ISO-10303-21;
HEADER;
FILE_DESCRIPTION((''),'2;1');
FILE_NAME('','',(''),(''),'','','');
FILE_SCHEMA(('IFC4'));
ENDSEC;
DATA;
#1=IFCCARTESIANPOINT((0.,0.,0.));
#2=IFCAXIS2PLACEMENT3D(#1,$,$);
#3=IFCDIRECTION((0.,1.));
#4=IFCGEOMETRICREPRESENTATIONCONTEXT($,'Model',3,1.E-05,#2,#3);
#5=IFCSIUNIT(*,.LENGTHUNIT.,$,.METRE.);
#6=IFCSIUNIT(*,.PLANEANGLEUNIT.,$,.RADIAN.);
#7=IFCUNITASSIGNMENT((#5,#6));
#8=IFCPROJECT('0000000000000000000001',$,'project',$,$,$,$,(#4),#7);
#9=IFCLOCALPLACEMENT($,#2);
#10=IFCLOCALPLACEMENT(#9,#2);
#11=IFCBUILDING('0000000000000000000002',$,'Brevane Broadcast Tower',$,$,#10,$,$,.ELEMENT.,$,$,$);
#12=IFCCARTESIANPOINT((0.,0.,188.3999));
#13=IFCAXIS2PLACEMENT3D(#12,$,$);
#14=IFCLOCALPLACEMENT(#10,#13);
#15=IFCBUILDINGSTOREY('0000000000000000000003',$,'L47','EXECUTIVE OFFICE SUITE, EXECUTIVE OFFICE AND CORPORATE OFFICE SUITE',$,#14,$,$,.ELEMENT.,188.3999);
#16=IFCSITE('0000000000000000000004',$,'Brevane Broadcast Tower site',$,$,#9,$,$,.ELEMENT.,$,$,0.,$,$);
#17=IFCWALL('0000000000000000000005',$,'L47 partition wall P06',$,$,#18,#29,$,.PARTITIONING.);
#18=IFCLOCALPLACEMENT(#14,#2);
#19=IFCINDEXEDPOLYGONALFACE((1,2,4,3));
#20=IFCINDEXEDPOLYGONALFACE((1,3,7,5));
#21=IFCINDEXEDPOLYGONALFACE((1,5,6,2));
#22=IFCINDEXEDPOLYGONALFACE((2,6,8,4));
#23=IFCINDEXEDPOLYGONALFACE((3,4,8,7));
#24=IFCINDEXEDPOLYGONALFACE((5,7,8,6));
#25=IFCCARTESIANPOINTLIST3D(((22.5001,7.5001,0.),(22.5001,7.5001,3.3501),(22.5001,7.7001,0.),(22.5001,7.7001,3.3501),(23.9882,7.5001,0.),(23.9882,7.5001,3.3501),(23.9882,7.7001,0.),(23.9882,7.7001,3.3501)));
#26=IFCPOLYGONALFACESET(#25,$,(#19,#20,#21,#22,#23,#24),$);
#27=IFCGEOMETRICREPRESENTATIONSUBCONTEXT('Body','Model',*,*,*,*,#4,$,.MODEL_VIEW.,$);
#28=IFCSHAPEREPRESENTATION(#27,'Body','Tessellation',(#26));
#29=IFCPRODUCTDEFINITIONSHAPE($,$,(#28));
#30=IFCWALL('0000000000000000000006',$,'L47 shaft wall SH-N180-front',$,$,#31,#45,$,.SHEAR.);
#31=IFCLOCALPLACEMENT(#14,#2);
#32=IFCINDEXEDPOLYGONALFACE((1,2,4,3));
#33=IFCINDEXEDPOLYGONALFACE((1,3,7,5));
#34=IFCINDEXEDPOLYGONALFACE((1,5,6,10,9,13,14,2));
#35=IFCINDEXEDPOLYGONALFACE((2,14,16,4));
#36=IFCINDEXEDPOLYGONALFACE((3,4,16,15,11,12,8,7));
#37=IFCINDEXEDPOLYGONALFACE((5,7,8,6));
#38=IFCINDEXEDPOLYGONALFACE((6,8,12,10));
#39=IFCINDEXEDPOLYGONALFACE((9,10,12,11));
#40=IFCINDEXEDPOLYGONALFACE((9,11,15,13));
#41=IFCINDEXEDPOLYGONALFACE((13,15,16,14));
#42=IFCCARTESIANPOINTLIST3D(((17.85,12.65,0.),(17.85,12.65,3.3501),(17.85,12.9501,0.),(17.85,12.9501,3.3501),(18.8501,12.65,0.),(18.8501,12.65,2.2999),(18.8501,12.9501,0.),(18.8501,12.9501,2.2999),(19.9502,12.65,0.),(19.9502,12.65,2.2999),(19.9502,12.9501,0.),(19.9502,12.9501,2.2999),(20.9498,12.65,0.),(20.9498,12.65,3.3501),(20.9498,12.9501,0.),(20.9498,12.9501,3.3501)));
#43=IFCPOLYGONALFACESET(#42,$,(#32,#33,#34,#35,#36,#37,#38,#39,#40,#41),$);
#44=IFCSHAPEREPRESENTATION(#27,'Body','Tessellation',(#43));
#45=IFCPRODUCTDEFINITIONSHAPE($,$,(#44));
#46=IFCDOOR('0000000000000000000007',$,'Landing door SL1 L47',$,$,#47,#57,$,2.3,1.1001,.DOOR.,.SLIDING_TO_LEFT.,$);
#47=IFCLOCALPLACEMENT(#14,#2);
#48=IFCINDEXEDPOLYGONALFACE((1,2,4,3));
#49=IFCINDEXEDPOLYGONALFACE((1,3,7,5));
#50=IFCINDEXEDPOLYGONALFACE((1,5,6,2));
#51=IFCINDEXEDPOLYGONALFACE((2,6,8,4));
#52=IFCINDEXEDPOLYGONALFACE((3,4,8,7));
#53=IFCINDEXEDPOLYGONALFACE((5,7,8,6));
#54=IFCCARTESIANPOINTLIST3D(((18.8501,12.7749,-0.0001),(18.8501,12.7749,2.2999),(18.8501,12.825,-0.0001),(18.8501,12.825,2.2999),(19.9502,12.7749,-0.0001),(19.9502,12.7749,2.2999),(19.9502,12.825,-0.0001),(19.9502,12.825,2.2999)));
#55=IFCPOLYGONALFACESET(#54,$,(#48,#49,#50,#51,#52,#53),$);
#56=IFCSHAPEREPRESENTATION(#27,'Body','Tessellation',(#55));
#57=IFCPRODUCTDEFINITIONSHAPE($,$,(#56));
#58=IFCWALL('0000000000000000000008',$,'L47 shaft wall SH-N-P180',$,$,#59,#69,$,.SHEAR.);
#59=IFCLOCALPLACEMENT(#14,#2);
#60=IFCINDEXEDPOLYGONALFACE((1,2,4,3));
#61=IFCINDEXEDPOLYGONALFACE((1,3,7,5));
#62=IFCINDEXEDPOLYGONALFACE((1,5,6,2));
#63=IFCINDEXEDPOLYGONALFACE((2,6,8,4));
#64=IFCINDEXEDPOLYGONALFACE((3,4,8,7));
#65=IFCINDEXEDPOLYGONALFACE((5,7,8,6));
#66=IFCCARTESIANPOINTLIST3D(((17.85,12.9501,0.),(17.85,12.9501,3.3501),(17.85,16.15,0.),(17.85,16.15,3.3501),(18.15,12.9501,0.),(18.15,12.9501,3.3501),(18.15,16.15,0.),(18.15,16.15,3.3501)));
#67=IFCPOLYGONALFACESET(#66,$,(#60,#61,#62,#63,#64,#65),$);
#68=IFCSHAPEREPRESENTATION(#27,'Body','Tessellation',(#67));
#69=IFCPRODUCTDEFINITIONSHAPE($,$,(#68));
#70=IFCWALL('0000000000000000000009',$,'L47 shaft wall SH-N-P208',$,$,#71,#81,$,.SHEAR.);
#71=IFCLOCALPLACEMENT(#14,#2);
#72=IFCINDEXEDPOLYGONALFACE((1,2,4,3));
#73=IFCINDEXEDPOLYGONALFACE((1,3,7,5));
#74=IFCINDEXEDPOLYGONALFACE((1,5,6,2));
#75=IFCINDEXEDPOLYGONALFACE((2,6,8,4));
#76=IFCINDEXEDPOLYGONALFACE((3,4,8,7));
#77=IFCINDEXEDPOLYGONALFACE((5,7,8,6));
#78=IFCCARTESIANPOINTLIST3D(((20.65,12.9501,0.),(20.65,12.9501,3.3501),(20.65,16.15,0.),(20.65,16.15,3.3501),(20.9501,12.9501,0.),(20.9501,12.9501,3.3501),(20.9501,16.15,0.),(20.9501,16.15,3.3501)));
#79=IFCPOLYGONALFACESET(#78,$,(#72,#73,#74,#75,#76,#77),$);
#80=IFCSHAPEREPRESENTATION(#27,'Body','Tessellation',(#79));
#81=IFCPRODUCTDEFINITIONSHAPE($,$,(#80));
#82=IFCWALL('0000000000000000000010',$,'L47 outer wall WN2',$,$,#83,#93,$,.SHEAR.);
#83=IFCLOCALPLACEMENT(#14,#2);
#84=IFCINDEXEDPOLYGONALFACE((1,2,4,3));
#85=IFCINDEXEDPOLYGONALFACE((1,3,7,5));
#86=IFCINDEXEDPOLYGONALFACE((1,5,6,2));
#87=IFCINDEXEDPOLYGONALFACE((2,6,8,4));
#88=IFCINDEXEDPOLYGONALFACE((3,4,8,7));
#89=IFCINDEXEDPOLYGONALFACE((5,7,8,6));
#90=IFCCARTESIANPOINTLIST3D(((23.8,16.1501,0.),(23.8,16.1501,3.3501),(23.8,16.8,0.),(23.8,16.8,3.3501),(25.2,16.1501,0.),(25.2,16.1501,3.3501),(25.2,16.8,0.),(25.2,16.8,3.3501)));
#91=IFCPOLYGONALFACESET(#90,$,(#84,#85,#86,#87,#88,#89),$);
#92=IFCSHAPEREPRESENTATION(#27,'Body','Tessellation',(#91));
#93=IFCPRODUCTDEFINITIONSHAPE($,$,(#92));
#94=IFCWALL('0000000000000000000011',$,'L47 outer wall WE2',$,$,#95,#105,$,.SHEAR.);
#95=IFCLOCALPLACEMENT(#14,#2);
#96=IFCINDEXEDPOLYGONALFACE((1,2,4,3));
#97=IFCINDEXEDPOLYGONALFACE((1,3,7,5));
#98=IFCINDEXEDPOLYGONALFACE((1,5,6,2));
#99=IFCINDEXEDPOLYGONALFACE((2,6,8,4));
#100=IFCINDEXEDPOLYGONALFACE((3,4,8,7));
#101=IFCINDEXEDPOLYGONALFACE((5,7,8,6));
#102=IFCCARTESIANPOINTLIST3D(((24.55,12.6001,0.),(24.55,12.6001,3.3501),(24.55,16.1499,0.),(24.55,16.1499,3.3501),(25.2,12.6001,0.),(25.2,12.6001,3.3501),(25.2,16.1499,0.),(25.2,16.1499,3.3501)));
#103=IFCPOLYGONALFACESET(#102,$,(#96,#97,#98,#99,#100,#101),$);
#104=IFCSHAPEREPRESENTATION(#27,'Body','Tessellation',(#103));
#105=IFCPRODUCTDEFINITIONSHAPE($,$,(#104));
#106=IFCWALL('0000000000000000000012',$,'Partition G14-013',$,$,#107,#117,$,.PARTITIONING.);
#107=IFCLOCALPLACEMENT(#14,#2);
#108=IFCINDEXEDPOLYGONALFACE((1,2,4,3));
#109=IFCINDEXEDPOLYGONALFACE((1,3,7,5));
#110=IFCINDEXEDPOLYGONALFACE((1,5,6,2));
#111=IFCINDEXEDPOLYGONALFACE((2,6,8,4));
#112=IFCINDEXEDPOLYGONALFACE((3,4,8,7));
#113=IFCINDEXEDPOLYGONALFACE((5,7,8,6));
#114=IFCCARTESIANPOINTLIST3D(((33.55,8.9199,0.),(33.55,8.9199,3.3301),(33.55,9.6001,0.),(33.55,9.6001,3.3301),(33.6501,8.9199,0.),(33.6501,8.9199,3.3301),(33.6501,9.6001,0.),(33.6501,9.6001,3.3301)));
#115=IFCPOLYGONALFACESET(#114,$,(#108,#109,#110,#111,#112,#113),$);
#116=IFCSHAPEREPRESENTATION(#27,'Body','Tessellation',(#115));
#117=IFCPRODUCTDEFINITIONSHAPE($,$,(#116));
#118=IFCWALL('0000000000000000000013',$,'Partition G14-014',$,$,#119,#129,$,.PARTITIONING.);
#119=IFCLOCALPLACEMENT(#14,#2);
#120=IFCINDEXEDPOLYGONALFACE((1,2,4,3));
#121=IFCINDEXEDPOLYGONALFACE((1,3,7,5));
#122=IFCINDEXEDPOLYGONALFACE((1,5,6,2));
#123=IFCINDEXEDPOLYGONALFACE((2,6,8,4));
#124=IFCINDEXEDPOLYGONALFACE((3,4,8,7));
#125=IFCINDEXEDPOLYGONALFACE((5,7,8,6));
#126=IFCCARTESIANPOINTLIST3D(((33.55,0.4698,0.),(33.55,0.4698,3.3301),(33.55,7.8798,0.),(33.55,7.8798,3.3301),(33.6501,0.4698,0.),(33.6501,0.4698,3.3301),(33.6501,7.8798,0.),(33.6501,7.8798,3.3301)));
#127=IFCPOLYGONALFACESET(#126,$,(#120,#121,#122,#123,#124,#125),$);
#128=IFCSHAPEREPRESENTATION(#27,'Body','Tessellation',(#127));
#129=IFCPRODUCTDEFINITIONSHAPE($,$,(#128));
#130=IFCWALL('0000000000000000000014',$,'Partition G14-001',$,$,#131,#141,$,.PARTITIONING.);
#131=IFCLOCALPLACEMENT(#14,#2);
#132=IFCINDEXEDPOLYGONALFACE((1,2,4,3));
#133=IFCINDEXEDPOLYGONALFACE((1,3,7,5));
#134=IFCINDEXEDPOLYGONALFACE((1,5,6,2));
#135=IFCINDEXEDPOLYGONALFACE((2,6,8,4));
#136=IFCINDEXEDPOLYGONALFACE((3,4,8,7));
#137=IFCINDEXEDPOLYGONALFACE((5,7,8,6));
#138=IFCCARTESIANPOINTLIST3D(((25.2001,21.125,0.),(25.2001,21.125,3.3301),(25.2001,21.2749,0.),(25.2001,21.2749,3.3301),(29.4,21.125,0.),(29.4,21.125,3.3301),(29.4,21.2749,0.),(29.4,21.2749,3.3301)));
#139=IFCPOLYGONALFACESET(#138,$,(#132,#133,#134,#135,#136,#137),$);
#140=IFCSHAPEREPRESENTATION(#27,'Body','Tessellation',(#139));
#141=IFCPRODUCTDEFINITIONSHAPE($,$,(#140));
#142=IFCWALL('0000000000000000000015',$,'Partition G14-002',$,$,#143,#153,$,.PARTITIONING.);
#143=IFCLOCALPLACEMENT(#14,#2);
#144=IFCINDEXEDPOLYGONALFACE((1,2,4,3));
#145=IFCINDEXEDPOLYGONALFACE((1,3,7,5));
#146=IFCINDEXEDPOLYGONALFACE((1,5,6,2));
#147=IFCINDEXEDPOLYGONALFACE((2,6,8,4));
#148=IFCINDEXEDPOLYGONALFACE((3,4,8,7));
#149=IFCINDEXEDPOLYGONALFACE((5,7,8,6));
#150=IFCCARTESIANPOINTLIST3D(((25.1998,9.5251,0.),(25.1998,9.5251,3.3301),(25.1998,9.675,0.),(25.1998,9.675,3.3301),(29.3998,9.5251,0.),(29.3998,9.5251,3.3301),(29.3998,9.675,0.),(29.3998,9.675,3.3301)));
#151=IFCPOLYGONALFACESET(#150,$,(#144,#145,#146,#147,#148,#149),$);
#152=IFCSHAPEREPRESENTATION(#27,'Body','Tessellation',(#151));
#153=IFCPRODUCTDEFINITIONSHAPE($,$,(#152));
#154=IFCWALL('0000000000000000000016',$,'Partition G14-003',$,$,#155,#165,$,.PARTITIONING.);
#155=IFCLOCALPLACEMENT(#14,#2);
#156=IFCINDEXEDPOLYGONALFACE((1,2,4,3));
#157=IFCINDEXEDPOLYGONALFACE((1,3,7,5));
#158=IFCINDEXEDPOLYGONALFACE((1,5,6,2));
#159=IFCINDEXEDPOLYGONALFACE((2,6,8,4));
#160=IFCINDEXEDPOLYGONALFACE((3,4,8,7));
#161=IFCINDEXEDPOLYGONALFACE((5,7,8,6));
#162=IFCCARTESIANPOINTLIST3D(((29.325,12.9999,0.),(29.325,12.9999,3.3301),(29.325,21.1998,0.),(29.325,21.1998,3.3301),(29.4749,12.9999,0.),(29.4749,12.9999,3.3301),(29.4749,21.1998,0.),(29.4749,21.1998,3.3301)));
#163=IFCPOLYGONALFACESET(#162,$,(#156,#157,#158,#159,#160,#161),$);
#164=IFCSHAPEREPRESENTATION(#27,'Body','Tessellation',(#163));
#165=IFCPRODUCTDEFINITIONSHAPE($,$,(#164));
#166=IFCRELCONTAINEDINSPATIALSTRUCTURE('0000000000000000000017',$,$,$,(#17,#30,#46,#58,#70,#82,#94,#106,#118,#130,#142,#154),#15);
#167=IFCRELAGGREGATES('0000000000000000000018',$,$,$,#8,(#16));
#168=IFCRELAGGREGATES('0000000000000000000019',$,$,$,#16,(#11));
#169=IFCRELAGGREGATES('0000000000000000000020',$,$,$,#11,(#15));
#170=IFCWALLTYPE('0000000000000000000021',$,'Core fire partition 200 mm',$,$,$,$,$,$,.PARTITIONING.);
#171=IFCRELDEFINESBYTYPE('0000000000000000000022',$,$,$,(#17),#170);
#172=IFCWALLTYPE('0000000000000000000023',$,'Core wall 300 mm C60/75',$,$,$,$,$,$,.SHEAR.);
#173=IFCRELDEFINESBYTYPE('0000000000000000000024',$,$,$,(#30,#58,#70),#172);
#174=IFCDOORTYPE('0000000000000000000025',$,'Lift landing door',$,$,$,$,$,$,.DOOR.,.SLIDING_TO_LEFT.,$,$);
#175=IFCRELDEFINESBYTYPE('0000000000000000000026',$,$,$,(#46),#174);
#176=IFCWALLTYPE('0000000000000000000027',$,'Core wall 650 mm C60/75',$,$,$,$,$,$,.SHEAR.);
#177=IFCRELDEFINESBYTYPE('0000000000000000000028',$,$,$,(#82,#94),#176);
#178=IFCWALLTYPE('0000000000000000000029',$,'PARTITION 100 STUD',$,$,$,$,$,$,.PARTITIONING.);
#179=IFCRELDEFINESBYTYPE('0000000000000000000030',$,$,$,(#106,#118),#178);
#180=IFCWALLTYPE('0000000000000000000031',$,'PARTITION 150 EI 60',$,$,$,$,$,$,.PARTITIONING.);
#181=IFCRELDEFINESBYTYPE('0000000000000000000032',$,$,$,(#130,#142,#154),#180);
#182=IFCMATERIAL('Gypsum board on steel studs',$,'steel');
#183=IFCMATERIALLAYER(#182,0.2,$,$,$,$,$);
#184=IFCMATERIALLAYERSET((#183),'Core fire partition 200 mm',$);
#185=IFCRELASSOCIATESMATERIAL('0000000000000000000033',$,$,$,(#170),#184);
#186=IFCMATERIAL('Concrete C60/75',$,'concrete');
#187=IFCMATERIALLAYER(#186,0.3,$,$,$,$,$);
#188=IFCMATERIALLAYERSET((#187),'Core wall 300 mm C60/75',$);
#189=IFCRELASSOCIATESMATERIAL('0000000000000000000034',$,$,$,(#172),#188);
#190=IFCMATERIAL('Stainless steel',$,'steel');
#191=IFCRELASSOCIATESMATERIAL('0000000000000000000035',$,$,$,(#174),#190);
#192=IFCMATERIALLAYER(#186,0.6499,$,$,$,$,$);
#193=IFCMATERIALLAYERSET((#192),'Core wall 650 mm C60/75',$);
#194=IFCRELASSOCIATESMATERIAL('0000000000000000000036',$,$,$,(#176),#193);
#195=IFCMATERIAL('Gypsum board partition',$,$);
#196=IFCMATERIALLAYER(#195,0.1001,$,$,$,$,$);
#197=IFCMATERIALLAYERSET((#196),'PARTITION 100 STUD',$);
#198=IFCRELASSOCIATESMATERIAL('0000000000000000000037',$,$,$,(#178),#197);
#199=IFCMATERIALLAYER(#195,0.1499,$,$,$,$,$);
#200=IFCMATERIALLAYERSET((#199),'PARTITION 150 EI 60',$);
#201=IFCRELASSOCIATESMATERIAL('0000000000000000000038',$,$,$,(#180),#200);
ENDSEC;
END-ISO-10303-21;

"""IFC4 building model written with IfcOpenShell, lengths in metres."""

from ifc_helpers import new_model, si_unit, direction, frame, frame_2d, origin, place, context, subcontext, project, spatial, rectangle, extrude, material, layer, layer_set, type_object, element, fill, save


model = new_model("IFC4")

# Units and contexts
model_context = context("Model", 3, precision=1e-05, world=origin(), true_north=direction((0.0, 1.0)))
body_context = subcontext(model_context, "Body", "Model", "MODEL_VIEW")
ifc_project = project(units=[si_unit("LENGTHUNIT", "METRE"), si_unit("PLANEANGLEUNIT", "RADIAN")], contexts=[model_context])

# Site, building, storey
site_placement = place(None, origin())
site = spatial("IfcSite", under=ifc_project, at=site_placement, Name="Brevane Broadcast Tower site", CompositionType="ELEMENT", RefElevation=0.0)
building_placement = place(site_placement, origin())
building = spatial("IfcBuilding", under=site, at=building_placement, Name="Brevane Broadcast Tower", CompositionType="ELEMENT")
storey_placement = place(building_placement, frame((0.0, 0.0, 188.3999)))
storey = spatial("IfcBuildingStorey", under=building, at=storey_placement, Name="L47", Description="EXECUTIVE OFFICE SUITE, EXECUTIVE OFFICE AND CORPORATE OFFICE SUITE", CompositionType="ELEMENT", Elevation=188.3999)

# Shared definitions
ifc_material_1 = material(Name="Concrete C60/75", Category="concrete")

# Shared definitions
ifc_material_2 = material(Name="Gypsum board on steel studs", Category="steel")

# Shared definitions
ifc_layer_1 = layer(ifc_material_2, 0.2)
ifc_layer_set_1 = layer_set([ifc_layer_1], Name="Core fire partition 200 mm")
wall_type_1 = type_object("IfcWallType", Name="Core fire partition 200 mm", PredefinedType="PARTITIONING", material=ifc_layer_set_1)

# Wall
wall_1_placement = place(storey_placement, frame((22.5, 7.6001, 0.0), z_axis=(0.0, 0.0, 1.0), x_axis=(1.0, 0.0, 0.0)))
element("IfcWall", 1, at=wall_1_placement, inside=storey, type_object=wall_type_1, Name="L47 partition wall P06", PredefinedType="PARTITIONING", context=body_context, shape_type="SweptSolid", body=[
    extrude(rectangle(XDim=1.488, YDim=0.2, at=frame_2d((0.7441, 0.0))), origin(), (0.0, 0.0, 1.0), 3.3501),
])

# Wall, opening, door
ifc_layer_2 = layer(ifc_material_1, 0.3)
ifc_layer_set_2 = layer_set([ifc_layer_2], Name="Core wall 300 mm C60/75")
wall_type_2 = type_object("IfcWallType", Name="Core wall 300 mm C60/75", PredefinedType="SHEAR", material=ifc_layer_set_2)
wall_2_placement = place(storey_placement, frame((17.8501, 12.8, 0.0), z_axis=(0.0, 0.0, 1.0), x_axis=(1.0, 0.0, 0.0)))
wall_2 = element("IfcWall", 2, at=wall_2_placement, inside=storey, type_object=wall_type_2, Name="L47 shaft wall SH-N180-front", PredefinedType="SHEAR", context=body_context, shape_type="SweptSolid", body=[
    extrude(rectangle(XDim=3.0999, YDim=0.3, at=frame_2d((1.5498, 0.0))), origin(), (0.0, 0.0, 1.0), 3.3501),
])
opening_1_placement = place(wall_2_placement, frame((1.0, 0.0, 0.0)))
opening_1 = element("IfcOpeningElement", 3, at=opening_1_placement, cuts=wall_2, PredefinedType="OPENING", context=body_context, shape_type="SweptSolid", body=[
    extrude(rectangle(XDim=1.1001, YDim=2.3, at=frame_2d((0.55, 1.1499))), frame((0.0, 0.1599, 0.0), z_axis=(0.0, -1.0, 0.0), x_axis=(1.0, 0.0, 0.0)), (0.0, 0.0, 1.0), 0.3201),
])
ifc_material_3 = material(Name="Stainless steel", Category="steel")
door_type_1 = type_object("IfcDoorType", Name="Lift landing door", OperationType="SLIDING_TO_LEFT", PredefinedType="DOOR", material=ifc_material_3)
door_1_placement = place(opening_1_placement, origin())
door_1 = element("IfcDoor", 4, at=door_1_placement, inside=storey, type_object=door_type_1, Name="Landing door SL1 L47", OperationType="SLIDING_TO_LEFT", OverallHeight=2.3, OverallWidth=1.1001, PredefinedType="DOOR", context=body_context, shape_type="SweptSolid", body=[
    extrude(rectangle(XDim=1.1001, YDim=2.3, at=frame_2d((0.55, 1.1499))), frame((0.0, 0.0249, 0.0), z_axis=(0.0, -1.0, 0.0), x_axis=(1.0, 0.0, 0.0)), (0.0, 0.0, 1.0), 0.05),
])
fill(opening_1, door_1)

# Walls
for number, where, z_axis, x_axis, name in (
    (5, (18.0, 12.95, 0.0), (0.0, 0.0, 1.0), (0.0, 1.0, 0.0), "L47 shaft wall SH-N-P180"),
    (6, (20.8, 12.95, 0.0), (0.0, 0.0, 1.0), (0.0, 1.0, 0.0), "L47 shaft wall SH-N-P208"),
):
    element("IfcWall", number, at=place(storey_placement, frame(where, z_axis=z_axis, x_axis=x_axis)), inside=storey, type_object=wall_type_2, Name=name, PredefinedType="SHEAR", context=body_context, shape_type="SweptSolid", body=[
        extrude(rectangle(XDim=3.2, YDim=0.3, at=frame_2d((1.6001, 0.0))), origin(), (0.0, 0.0, 1.0), 3.3501),
    ])
ifc_layer_3 = layer(ifc_material_1, 0.6499)
ifc_layer_set_3 = layer_set([ifc_layer_3], Name="Core wall 650 mm C60/75")
wall_type_3 = type_object("IfcWallType", Name="Core wall 650 mm C60/75", PredefinedType="SHEAR", material=ifc_layer_set_3)
wall_3_placement = place(storey_placement, frame((23.8, 16.4751, 0.0), z_axis=(0.0, 0.0, 1.0), x_axis=(1.0, 0.0, 0.0)))
element("IfcWall", 7, at=wall_3_placement, inside=storey, type_object=wall_type_3, Name="L47 outer wall WN2", PredefinedType="SHEAR", context=body_context, shape_type="SweptSolid", body=[
    extrude(rectangle(XDim=1.3999, YDim=0.6499, at=frame_2d((0.7, 0.0))), origin(), (0.0, 0.0, 1.0), 3.3501),
])
wall_4_placement = place(storey_placement, frame((24.875, 12.6001, 0.0), z_axis=(0.0, 0.0, 1.0), x_axis=(0.0, 1.0, 0.0)))
element("IfcWall", 8, at=wall_4_placement, inside=storey, type_object=wall_type_3, Name="L47 outer wall WE2", PredefinedType="SHEAR", context=body_context, shape_type="SweptSolid", body=[
    extrude(rectangle(XDim=3.5498, YDim=0.6499, at=frame_2d((1.7749, 0.0))), origin(), (0.0, 0.0, 1.0), 3.3501),
])
ifc_material_4 = material(Name="Gypsum board partition")
ifc_layer_4 = layer(ifc_material_4, 0.1001)
ifc_layer_set_4 = layer_set([ifc_layer_4], Name="PARTITION 100 STUD")
wall_type_4 = type_object("IfcWallType", Name="PARTITION 100 STUD", PredefinedType="PARTITIONING", material=ifc_layer_set_4)
wall_5_placement = place(storey_placement, frame((33.6001, 9.6001, 0.0), z_axis=(0.0, 0.0, 1.0), x_axis=(0.0, -1.0, 0.0)))
element("IfcWall", 9, at=wall_5_placement, inside=storey, type_object=wall_type_4, Name="Partition G14-013", PredefinedType="PARTITIONING", context=body_context, shape_type="SweptSolid", body=[
    extrude(rectangle(XDim=0.6802, YDim=0.1001, at=frame_2d((0.3401, 0.0))), origin(), (0.0, 0.0, 1.0), 3.3301),
])
wall_6_placement = place(storey_placement, frame((33.6001, 7.8799, 0.0), z_axis=(0.0, 0.0, 1.0), x_axis=(0.0, -1.0, 0.0)))
element("IfcWall", 10, at=wall_6_placement, inside=storey, type_object=wall_type_4, Name="Partition G14-014", PredefinedType="PARTITIONING", context=body_context, shape_type="SweptSolid", body=[
    extrude(rectangle(XDim=7.4099, YDim=0.1001, at=frame_2d((3.7051, 0.0))), origin(), (0.0, 0.0, 1.0), 3.3301),
])
ifc_layer_5 = layer(ifc_material_4, 0.1499)
ifc_layer_set_5 = layer_set([ifc_layer_5], Name="PARTITION 150 EI 60")
wall_type_5 = type_object("IfcWallType", Name="PARTITION 150 EI 60", PredefinedType="PARTITIONING", material=ifc_layer_set_5)
for number, where, z_axis, x_axis, name in (
    (11, (25.2, 21.2, 0.0), (0.0, 0.0, 1.0), (1.0, 0.0, 0.0), "Partition G14-001"),
    (12, (29.3999, 9.6001, 0.0), (0.0, 0.0, 1.0), (-1.0, 0.0, 0.0), "Partition G14-002"),
):
    element("IfcWall", number, at=place(storey_placement, frame(where, z_axis=z_axis, x_axis=x_axis)), inside=storey, type_object=wall_type_5, Name=name, PredefinedType="PARTITIONING", context=body_context, shape_type="SweptSolid", body=[
        extrude(rectangle(XDim=4.2, YDim=0.1499, at=frame_2d((2.1001, 0.0))), origin(), (0.0, 0.0, 1.0), 3.3301),
    ])
wall_7_placement = place(storey_placement, frame((29.3999, 21.2, 0.0), z_axis=(0.0, 0.0, 1.0), x_axis=(0.0, -1.0, 0.0)))
element("IfcWall", 13, at=wall_7_placement, inside=storey, type_object=wall_type_5, Name="Partition G14-003", PredefinedType="PARTITIONING", context=body_context, shape_type="SweptSolid", body=[
    extrude(rectangle(XDim=8.2, YDim=0.1499, at=frame_2d((4.1001, 0.0))), origin(), (0.0, 0.0, 1.0), 3.3301),
])

save(model, "model.ifc")
